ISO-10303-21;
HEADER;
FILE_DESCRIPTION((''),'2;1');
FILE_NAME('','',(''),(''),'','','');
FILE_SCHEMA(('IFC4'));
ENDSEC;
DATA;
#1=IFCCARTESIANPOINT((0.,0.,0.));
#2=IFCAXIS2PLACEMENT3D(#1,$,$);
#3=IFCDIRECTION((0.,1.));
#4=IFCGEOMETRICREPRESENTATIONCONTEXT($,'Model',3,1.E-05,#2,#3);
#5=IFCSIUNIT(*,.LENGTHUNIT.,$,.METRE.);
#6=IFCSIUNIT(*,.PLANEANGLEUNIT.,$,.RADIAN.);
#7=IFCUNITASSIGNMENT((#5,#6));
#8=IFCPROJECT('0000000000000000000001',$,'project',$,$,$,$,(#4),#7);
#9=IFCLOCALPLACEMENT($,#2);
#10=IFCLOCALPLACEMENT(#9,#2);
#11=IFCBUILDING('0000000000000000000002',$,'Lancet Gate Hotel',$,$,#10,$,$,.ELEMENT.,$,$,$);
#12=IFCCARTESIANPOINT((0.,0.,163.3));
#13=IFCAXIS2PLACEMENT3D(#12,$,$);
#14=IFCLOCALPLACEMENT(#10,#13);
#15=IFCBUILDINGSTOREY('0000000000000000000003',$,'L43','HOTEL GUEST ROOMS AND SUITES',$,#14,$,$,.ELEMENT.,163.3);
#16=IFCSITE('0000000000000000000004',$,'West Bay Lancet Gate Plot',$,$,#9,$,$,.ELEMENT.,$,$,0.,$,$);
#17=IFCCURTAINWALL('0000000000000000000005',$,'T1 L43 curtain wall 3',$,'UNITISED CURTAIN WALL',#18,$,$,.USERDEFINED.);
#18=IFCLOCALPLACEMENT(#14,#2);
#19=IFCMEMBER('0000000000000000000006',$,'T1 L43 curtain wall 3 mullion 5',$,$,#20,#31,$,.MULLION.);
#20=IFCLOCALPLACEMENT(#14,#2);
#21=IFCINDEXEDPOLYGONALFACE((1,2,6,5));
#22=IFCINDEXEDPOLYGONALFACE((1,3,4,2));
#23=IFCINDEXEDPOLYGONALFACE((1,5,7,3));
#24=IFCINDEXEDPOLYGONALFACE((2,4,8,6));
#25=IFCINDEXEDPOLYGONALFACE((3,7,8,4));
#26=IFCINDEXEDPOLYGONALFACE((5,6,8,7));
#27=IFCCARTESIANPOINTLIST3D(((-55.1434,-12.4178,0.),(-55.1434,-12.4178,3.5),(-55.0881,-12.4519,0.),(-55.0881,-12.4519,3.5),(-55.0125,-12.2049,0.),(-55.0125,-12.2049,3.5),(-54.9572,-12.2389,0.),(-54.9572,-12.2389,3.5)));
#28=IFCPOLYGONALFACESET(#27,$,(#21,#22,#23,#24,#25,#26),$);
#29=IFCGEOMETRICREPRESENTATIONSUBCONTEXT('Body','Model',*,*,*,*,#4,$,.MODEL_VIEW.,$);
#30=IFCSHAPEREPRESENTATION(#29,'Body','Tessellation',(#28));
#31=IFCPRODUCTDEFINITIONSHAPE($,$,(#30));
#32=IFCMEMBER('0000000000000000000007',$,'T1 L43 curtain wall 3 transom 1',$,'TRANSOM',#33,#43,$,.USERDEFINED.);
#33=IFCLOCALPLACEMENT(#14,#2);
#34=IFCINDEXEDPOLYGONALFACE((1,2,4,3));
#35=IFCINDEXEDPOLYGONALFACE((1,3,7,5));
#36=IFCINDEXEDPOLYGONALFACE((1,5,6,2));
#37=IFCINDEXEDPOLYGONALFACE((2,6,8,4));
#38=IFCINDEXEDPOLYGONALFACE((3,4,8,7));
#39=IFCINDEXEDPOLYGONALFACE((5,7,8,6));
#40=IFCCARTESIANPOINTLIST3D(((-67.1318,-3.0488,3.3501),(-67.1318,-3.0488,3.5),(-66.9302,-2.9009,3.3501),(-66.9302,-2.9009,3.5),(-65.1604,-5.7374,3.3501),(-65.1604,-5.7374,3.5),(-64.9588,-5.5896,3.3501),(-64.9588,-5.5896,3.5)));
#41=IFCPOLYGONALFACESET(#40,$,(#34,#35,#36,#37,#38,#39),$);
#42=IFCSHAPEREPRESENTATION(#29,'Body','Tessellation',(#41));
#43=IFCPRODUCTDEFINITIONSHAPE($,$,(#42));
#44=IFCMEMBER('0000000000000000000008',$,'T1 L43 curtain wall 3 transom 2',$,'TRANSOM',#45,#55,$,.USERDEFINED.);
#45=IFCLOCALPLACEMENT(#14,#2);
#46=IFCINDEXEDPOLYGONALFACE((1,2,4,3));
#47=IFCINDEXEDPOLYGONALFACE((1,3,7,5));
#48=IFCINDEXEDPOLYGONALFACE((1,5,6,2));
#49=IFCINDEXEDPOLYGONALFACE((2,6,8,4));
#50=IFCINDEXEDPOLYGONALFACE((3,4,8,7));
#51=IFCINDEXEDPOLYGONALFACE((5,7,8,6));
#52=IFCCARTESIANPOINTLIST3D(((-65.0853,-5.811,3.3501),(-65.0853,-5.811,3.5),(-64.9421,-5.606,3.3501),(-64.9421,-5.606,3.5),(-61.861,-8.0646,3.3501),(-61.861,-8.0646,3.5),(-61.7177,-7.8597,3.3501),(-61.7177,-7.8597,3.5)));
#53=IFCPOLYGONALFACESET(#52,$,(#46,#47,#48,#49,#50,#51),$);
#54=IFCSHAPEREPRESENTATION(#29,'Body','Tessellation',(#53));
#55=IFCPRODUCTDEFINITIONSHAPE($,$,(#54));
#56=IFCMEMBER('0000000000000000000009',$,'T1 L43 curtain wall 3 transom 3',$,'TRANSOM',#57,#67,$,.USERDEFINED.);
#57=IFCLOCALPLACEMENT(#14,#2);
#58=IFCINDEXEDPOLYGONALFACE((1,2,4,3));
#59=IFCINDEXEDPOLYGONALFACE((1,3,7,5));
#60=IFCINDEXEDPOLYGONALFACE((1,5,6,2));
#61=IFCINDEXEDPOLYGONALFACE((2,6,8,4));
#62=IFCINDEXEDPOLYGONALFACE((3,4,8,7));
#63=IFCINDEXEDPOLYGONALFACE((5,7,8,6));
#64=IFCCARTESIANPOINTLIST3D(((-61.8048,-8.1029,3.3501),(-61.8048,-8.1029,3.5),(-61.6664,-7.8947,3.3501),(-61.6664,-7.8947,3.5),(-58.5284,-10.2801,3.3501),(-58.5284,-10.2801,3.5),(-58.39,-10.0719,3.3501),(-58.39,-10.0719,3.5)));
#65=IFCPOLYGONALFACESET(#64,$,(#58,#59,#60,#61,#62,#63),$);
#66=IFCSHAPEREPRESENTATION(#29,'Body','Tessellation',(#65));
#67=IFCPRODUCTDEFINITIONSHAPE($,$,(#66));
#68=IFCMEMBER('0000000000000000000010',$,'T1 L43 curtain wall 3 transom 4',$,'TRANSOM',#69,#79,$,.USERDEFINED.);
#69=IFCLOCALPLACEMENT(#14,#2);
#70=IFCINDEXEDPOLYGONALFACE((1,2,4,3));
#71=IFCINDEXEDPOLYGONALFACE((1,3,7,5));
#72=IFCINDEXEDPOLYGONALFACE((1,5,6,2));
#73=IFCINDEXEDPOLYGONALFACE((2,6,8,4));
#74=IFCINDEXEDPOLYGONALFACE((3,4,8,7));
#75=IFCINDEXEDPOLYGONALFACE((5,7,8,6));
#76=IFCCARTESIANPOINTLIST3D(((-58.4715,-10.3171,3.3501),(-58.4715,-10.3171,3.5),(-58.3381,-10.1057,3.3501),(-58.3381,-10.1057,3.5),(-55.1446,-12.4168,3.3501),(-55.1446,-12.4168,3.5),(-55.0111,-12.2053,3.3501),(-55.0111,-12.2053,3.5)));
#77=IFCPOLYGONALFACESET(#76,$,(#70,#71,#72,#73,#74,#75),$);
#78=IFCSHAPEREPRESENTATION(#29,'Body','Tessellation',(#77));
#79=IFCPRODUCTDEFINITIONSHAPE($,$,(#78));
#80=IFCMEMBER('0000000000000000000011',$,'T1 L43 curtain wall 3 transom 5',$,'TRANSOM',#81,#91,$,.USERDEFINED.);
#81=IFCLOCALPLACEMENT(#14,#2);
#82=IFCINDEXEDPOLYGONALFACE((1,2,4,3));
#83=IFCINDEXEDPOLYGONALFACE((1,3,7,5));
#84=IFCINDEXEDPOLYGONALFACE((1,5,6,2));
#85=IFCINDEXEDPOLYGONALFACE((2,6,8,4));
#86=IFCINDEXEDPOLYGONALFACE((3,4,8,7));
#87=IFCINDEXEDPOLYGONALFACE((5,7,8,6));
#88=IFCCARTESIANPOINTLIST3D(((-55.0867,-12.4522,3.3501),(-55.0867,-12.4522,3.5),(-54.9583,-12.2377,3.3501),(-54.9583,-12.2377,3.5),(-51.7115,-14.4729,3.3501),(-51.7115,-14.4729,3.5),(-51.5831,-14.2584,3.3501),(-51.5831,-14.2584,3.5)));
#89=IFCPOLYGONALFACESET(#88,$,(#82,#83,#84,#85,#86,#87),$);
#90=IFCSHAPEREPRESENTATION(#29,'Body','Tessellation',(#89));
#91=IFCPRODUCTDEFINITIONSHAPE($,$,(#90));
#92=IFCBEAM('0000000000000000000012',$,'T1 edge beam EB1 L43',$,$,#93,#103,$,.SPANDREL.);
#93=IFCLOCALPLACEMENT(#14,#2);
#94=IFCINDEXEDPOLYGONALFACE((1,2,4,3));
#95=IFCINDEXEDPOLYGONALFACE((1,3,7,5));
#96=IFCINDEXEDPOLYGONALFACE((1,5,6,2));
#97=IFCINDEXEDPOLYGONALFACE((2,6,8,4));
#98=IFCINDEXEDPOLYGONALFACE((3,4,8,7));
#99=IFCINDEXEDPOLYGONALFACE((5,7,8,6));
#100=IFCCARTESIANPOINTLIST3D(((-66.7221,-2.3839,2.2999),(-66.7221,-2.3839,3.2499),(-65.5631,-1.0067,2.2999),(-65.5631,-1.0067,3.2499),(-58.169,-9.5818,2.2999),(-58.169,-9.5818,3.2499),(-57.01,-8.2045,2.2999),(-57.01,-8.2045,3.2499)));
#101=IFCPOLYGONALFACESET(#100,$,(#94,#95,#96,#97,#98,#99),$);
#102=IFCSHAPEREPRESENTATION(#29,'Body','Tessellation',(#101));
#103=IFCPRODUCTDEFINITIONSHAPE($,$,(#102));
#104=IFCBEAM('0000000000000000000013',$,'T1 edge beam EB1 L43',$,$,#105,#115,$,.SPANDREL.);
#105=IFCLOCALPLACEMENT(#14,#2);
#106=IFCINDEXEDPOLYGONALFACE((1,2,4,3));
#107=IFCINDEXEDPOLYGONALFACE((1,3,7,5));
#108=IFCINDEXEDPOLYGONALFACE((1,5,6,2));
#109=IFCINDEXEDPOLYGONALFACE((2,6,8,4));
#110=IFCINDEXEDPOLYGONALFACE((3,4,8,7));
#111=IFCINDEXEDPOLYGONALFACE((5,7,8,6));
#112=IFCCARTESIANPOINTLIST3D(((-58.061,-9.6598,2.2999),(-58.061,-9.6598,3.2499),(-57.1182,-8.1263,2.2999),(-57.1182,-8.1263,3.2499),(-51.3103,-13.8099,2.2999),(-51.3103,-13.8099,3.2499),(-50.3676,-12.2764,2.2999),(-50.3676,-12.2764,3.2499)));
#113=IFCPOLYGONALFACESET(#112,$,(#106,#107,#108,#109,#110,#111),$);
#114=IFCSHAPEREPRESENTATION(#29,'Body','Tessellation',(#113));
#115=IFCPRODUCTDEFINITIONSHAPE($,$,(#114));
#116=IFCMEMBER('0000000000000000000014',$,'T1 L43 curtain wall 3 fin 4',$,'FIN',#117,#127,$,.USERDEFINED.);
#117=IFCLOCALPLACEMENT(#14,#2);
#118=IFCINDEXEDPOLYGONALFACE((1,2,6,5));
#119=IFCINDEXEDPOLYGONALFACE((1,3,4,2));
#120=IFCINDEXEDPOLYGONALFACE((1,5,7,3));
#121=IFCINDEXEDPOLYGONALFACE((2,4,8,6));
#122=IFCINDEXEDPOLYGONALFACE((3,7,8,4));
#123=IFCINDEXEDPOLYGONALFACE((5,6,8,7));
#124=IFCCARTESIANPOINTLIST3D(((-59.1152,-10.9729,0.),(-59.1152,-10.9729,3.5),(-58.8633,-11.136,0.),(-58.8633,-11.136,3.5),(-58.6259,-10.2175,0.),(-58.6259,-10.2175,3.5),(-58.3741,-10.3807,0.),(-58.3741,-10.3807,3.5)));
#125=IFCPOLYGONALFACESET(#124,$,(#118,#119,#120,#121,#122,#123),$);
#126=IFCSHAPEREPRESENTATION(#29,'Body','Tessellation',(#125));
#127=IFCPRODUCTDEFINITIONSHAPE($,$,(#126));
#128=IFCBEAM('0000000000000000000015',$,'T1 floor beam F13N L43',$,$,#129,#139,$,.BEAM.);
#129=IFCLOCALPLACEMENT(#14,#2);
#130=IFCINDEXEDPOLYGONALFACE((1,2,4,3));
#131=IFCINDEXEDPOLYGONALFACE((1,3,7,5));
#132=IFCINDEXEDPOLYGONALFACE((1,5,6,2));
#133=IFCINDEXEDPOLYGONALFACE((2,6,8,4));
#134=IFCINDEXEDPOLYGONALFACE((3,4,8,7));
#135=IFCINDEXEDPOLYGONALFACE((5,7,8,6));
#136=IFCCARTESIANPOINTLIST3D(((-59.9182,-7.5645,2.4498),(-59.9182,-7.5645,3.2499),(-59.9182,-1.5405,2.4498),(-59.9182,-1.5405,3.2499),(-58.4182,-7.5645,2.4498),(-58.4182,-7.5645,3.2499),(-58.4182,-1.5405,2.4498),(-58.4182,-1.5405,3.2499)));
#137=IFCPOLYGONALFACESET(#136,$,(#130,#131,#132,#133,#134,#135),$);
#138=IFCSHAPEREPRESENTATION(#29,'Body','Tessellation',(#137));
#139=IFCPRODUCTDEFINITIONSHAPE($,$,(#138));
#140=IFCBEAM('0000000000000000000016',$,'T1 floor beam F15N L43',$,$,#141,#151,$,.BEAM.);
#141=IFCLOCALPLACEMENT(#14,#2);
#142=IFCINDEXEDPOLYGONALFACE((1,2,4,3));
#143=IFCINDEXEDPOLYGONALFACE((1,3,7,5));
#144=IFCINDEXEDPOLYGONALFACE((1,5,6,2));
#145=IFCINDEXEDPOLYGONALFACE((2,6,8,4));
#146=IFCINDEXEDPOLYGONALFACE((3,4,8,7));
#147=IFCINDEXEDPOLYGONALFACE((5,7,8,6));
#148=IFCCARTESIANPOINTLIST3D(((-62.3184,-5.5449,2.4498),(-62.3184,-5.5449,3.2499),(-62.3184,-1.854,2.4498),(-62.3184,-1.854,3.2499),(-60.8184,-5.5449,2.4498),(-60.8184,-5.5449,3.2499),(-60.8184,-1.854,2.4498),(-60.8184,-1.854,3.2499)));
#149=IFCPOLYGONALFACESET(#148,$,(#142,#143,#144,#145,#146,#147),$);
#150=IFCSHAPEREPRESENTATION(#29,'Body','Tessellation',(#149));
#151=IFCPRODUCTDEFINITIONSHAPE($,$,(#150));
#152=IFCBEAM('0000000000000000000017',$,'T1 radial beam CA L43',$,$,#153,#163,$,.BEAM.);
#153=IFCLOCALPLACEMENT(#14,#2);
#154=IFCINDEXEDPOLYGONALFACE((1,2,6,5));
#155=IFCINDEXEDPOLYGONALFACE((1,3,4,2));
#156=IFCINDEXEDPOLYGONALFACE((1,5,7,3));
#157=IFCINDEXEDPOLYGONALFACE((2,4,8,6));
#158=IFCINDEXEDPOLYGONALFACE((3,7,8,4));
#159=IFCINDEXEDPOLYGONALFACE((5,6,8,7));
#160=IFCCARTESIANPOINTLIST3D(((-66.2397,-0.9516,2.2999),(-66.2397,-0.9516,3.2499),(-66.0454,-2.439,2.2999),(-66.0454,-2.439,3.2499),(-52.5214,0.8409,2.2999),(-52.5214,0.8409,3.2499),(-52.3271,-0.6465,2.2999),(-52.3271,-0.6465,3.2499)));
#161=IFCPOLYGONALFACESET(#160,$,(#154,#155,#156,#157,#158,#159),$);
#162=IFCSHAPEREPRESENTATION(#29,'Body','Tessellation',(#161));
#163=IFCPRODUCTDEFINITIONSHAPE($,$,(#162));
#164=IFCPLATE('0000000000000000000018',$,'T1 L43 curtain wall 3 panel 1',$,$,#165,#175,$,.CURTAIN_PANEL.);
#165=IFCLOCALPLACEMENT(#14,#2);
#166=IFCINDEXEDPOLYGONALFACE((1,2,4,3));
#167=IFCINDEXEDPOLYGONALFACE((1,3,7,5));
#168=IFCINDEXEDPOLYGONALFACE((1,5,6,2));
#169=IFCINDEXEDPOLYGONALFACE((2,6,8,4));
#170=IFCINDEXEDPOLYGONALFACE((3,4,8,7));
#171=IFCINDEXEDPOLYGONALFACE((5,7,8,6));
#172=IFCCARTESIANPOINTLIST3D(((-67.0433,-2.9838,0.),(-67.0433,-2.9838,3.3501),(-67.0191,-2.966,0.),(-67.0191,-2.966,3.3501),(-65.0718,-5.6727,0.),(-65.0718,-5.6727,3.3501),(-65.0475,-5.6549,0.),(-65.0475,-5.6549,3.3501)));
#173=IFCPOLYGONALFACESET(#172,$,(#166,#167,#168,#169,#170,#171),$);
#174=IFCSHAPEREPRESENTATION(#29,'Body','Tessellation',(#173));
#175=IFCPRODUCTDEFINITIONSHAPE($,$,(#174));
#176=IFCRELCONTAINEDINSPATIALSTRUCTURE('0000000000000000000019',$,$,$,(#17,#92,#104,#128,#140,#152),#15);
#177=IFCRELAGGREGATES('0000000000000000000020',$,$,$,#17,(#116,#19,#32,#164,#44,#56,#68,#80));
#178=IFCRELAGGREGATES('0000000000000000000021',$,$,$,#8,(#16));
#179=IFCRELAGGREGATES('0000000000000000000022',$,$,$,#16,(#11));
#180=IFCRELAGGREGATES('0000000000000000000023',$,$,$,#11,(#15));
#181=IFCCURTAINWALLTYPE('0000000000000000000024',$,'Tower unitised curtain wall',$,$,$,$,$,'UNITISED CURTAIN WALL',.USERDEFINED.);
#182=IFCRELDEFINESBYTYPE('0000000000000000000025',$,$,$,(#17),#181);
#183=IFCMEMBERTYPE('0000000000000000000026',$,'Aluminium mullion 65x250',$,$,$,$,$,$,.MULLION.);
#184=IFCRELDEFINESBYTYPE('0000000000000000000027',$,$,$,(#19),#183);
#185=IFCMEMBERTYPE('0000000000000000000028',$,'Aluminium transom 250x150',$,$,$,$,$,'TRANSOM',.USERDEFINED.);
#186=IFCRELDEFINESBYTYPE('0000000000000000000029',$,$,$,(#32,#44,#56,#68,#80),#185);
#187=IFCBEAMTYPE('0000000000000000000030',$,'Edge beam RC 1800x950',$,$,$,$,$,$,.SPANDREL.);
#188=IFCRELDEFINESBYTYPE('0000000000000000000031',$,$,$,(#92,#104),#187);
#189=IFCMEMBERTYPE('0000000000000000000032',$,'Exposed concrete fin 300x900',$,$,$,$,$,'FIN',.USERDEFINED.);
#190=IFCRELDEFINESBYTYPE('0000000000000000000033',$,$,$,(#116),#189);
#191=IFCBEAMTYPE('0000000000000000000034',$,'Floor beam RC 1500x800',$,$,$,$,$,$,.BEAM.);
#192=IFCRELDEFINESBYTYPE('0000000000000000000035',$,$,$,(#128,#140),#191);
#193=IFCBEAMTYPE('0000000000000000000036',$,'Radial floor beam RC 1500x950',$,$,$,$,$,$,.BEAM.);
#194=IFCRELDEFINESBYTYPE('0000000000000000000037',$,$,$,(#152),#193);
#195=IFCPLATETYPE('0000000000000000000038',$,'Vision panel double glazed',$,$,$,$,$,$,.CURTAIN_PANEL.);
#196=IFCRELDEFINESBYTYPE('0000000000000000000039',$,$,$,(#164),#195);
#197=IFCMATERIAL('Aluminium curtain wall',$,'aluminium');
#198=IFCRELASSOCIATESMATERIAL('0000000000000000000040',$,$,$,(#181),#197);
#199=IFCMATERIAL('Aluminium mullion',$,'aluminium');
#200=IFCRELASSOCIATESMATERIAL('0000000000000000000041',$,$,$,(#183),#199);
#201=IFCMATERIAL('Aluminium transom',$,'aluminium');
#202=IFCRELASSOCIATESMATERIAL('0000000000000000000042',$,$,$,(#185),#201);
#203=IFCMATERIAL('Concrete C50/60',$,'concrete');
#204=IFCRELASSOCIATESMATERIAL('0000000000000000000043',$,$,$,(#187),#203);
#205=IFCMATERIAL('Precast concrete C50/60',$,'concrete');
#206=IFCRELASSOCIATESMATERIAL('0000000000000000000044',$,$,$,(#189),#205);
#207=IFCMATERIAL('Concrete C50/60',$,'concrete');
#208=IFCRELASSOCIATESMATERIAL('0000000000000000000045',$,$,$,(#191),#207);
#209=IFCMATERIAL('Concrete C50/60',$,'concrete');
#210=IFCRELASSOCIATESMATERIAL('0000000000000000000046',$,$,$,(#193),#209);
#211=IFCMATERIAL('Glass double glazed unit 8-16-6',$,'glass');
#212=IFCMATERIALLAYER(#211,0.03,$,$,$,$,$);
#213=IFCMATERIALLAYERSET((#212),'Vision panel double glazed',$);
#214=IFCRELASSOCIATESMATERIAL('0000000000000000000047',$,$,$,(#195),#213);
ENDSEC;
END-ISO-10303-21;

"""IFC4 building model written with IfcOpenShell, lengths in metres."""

from ifc_helpers import new_model, si_unit, direction, frame, origin, origin_2d, place, context, subcontext, project, spatial, rectangle, extrude, material, layer, layer_set, material_profile, profile_set, type_object, element, aggregate, save


model = new_model("IFC4")

# Units and contexts
model_context = context("Model", 3, precision=1e-05, world=origin(), true_north=direction((0.0, 1.0)))
body_context = subcontext(model_context, "Body", "Model", "MODEL_VIEW")
ifc_project = project(units=[si_unit("LENGTHUNIT", "METRE"), si_unit("PLANEANGLEUNIT", "RADIAN")], contexts=[model_context])

# Site, building, storey
site_placement = place(None, origin())
site = spatial("IfcSite", under=ifc_project, at=site_placement, Name="West Bay Lancet Gate Plot", CompositionType="ELEMENT", RefElevation=0.0)
building_placement = place(site_placement, origin())
building = spatial("IfcBuilding", under=site, at=building_placement, Name="Lancet Gate Hotel", CompositionType="ELEMENT")
storey_placement = place(building_placement, frame((0.0, 0.0, 163.3)))
storey = spatial("IfcBuildingStorey", under=building, at=storey_placement, Name="L43", Description="HOTEL GUEST ROOMS AND SUITES", CompositionType="ELEMENT", Elevation=163.3)

# Curtain wall, members
ifc_material_1 = material(Name="Aluminium curtain wall", Category="aluminium")
curtain_wall_type = type_object("IfcCurtainWallType", Name="Tower unitised curtain wall", ElementType="UNITISED CURTAIN WALL", PredefinedType="USERDEFINED", material=ifc_material_1)
curtain_wall_placement = place(storey_placement, origin())
curtain_wall = element("IfcCurtainWall", 1, at=curtain_wall_placement, inside=storey, type_object=curtain_wall_type, Name="T1 L43 curtain wall 3", ObjectType="UNITISED CURTAIN WALL", PredefinedType="USERDEFINED")
ifc_material_2 = material(Name="Aluminium mullion", Category="aluminium")
ifc_material_profile_1 = material_profile(ifc_material_2, rectangle(XDim=0.0649, YDim=0.25, at=origin_2d()), Name="MULLION 65x250")
ifc_profile_set_1 = profile_set([ifc_material_profile_1], Name="Aluminium mullion")
member_type_1 = type_object("IfcMemberType", Name="Aluminium mullion 65x250", PredefinedType="MULLION", material=ifc_profile_set_1)
member_1_placement = place(storey_placement, frame((-55.0503, -12.3284, 0.0), z_axis=(0.0, 0.0, 1.0), x_axis=(0.851886, -0.523728, 0.0)))
member_1 = element("IfcMember", 2, at=member_1_placement, type_object=member_type_1, Name="T1 L43 curtain wall 3 mullion 5", PredefinedType="MULLION", context=body_context, shape_type="SweptSolid", body=[
    extrude(rectangle(XDim=0.0649, YDim=0.25, at=origin_2d()), origin(), (0.0, 0.0, 1.0), 3.5),
])
ifc_material_3 = material(Name="Aluminium transom", Category="aluminium")
ifc_material_profile_2 = material_profile(ifc_material_3, rectangle(XDim=0.25, YDim=0.1499, at=origin_2d()), Name="TRANSOM 250x150")
ifc_profile_set_2 = profile_set([ifc_material_profile_2], Name="Aluminium transom")
member_type_2 = type_object("IfcMemberType", Name="Aluminium transom 250x150", ElementType="TRANSOM", PredefinedType="USERDEFINED", material=ifc_profile_set_2)
member_2_placement = place(storey_placement, frame((-67.031, -2.9749, 3.425), z_axis=(0.591307, -0.806447, 0.0), x_axis=(0.806447, 0.591307, 0.0)))
member_2 = element("IfcMember", 3, at=member_2_placement, type_object=member_type_2, Name="T1 L43 curtain wall 3 transom 1", ObjectType="TRANSOM", PredefinedType="USERDEFINED", context=body_context, shape_type="SweptSolid", body=[
    extrude(rectangle(XDim=0.25, YDim=0.1499, at=origin_2d()), origin(), (0.0, 0.0, 1.0), 3.334),
])
member_3_placement = place(storey_placement, frame((-65.0137, -5.7085, 3.425), z_axis=(0.819637, -0.572883, 0.0), x_axis=(0.572883, 0.819637, 0.0)))
member_3 = element("IfcMember", 4, at=member_3_placement, type_object=member_type_2, Name="T1 L43 curtain wall 3 transom 2", ObjectType="TRANSOM", PredefinedType="USERDEFINED", context=body_context, shape_type="SweptSolid", body=[
    extrude(rectangle(XDim=0.25, YDim=0.1499, at=origin_2d()), origin(), (0.0, 0.0, 1.0), 3.9338),
])
member_4_placement = place(storey_placement, frame((-61.7356, -7.9988, 3.425), z_axis=(0.832871, -0.553468, 0.0), x_axis=(0.553468, 0.832871, 0.0)))
member_4 = element("IfcMember", 5, at=member_4_placement, type_object=member_type_2, Name="T1 L43 curtain wall 3 transom 3", ObjectType="TRANSOM", PredefinedType="USERDEFINED", context=body_context, shape_type="SweptSolid", body=[
    extrude(rectangle(XDim=0.25, YDim=0.1499, at=origin_2d()), origin(), (0.0, 0.0, 1.0), 3.9338),
])
member_5_placement = place(storey_placement, frame((-58.4048, -10.2114, 3.425), z_axis=(0.845672, -0.533703, 0.0), x_axis=(0.533703, 0.845672, 0.0)))
member_5 = element("IfcMember", 6, at=member_5_placement, type_object=member_type_2, Name="T1 L43 curtain wall 3 transom 4", ObjectType="TRANSOM", PredefinedType="USERDEFINED", context=body_context, shape_type="SweptSolid", body=[
    extrude(rectangle(XDim=0.25, YDim=0.1499, at=origin_2d()), origin(), (0.0, 0.0, 1.0), 3.9341),
])
member_6_placement = place(storey_placement, frame((-55.0225, -12.345, 3.425), z_axis=(0.857985, -0.513674, 0.0), x_axis=(0.513674, 0.857985, 0.0)))
member_6 = element("IfcMember", 7, at=member_6_placement, type_object=member_type_2, Name="T1 L43 curtain wall 3 transom 5", ObjectType="TRANSOM", PredefinedType="USERDEFINED", context=body_context, shape_type="SweptSolid", body=[
    extrude(rectangle(XDim=0.25, YDim=0.1499, at=origin_2d()), origin(), (0.0, 0.0, 1.0), 3.9338),
])

# Beams
ifc_material_4 = material(Name="Concrete C50/60", Category="concrete")
ifc_material_profile_3 = material_profile(ifc_material_4, rectangle(XDim=1.8, YDim=0.95, at=origin_2d()), Name="RC 1800x950")
ifc_profile_set_3 = profile_set([ifc_material_profile_3], Name="Concrete C50/60")
beam_type_1 = type_object("IfcBeamType", Name="Edge beam RC 1800x950", PredefinedType="SPANDREL", material=ifc_profile_set_3)
beam_1_placement = place(storey_placement, frame((-66.1426, -1.6953, 2.7749), z_axis=(0.765121, -0.643887, 0.0), x_axis=(0.643887, 0.765121, 0.0)))
element("IfcBeam", 8, at=beam_1_placement, inside=storey, type_object=beam_type_1, Name="T1 edge beam EB1 L43", PredefinedType="SPANDREL", context=body_context, shape_type="SweptSolid", body=[
    extrude(rectangle(XDim=1.8, YDim=0.95, at=origin_2d()), origin(), (0.0, 0.0, 1.0), 11.1787),
])
beam_2_placement = place(storey_placement, frame((-57.5896, -8.8931, 2.7749), z_axis=(0.851892, -0.523717, 0.0), x_axis=(0.523717, 0.851892, 0.0)))
element("IfcBeam", 9, at=beam_2_placement, inside=storey, type_object=beam_type_1, Name="T1 edge beam EB1 L43", PredefinedType="SPANDREL", context=body_context, shape_type="SweptSolid", body=[
    extrude(rectangle(XDim=1.8, YDim=0.95, at=origin_2d()), origin(), (0.0, 0.0, 1.0), 7.9243),
])

# Member
ifc_material_5 = material(Name="Precast concrete C50/60", Category="concrete")
ifc_material_profile_4 = material_profile(ifc_material_5, rectangle(XDim=0.3, YDim=0.8999, at=origin_2d()), Name="FIN 300x900")
ifc_profile_set_4 = profile_set([ifc_material_profile_4], Name="Precast concrete C50/60")
member_type_3 = type_object("IfcMemberType", Name="Exposed concrete fin 300x900", ElementType="FIN", PredefinedType="USERDEFINED", material=ifc_profile_set_4)
member_7_placement = place(storey_placement, frame((-58.7446, -10.6768, 0.0), z_axis=(0.0, 0.0, 1.0), x_axis=(0.839331, -0.543621, 0.0)))
member_7 = element("IfcMember", 10, at=member_7_placement, type_object=member_type_3, Name="T1 L43 curtain wall 3 fin 4", ObjectType="FIN", PredefinedType="USERDEFINED", context=body_context, shape_type="SweptSolid", body=[
    extrude(rectangle(XDim=0.3, YDim=0.8999, at=origin_2d()), origin(), (0.0, 0.0, 1.0), 3.5),
])

# Beams
ifc_material_6 = material(Name="Concrete C50/60", Category="concrete")
ifc_material_profile_5 = material_profile(ifc_material_6, rectangle(XDim=1.5, YDim=0.8, at=origin_2d()), Name="RC 1500x800")
ifc_profile_set_5 = profile_set([ifc_material_profile_5], Name="Concrete C50/60")
beam_type_2 = type_object("IfcBeamType", Name="Floor beam RC 1500x800", PredefinedType="BEAM", material=ifc_profile_set_5)
beam_3_placement = place(storey_placement, frame((-59.1682, -1.5405, 2.8499), z_axis=(0.0, -1.0, 0.0), x_axis=(1.0, 0.0, 0.0)))
element("IfcBeam", 11, at=beam_3_placement, inside=storey, type_object=beam_type_2, Name="T1 floor beam F13N L43", PredefinedType="BEAM", context=body_context, shape_type="SweptSolid", body=[
    extrude(rectangle(XDim=1.5, YDim=0.8, at=origin_2d()), origin(), (0.0, 0.0, 1.0), 6.0239),
])
beam_4_placement = place(storey_placement, frame((-61.5684, -1.854, 2.8499), z_axis=(0.0, -1.0, 0.0), x_axis=(1.0, 0.0, 0.0)))
element("IfcBeam", 12, at=beam_4_placement, inside=storey, type_object=beam_type_2, Name="T1 floor beam F15N L43", PredefinedType="BEAM", context=body_context, shape_type="SweptSolid", body=[
    extrude(rectangle(XDim=1.5, YDim=0.8, at=origin_2d()), origin(), (0.0, 0.0, 1.0), 3.6909),
])
ifc_material_7 = material(Name="Concrete C50/60", Category="concrete")
ifc_material_profile_6 = material_profile(ifc_material_7, rectangle(XDim=1.5, YDim=0.95, at=origin_2d()), Name="RC 1500x950")
ifc_profile_set_6 = profile_set([ifc_material_profile_6], Name="Concrete C50/60")
beam_type_3 = type_object("IfcBeamType", Name="Radial floor beam RC 1500x950", PredefinedType="BEAM", material=ifc_profile_set_6)
beam_5_placement = place(storey_placement, frame((-66.1426, -1.6953, 2.7749), z_axis=(0.991571, 0.129562, 0.0), x_axis=(-0.129562, 0.991571, 0.0)))
element("IfcBeam", 13, at=beam_5_placement, inside=storey, type_object=beam_type_3, Name="T1 radial beam CA L43", PredefinedType="BEAM", context=body_context, shape_type="SweptSolid", body=[
    extrude(rectangle(XDim=1.5, YDim=0.95, at=origin_2d()), origin(), (0.0, 0.0, 1.0), 13.835),
])

# Plate
ifc_material_8 = material(Name="Glass double glazed unit 8-16-6", Category="glass")
ifc_layer_1 = layer(ifc_material_8, 0.03)
ifc_layer_set_1 = layer_set([ifc_layer_1], Name="Vision panel double glazed")
plate_type = type_object("IfcPlateType", Name="Vision panel double glazed", PredefinedType="CURTAIN_PANEL", material=ifc_layer_set_1)
plate_1_placement = place(storey_placement, frame((-66.0454, -4.3193, 0.0), z_axis=(0.0, 0.0, 1.0), x_axis=(0.5913, -0.806452, 0.0)))
plate_1 = element("IfcPlate", 14, at=plate_1_placement, type_object=plate_type, Name="T1 L43 curtain wall 3 panel 1", PredefinedType="CURTAIN_PANEL", context=body_context, shape_type="SweptSolid", body=[
    extrude(rectangle(XDim=3.3342, YDim=0.03, at=origin_2d()), origin(), (0.0, 0.0, 1.0), 3.3501),
])
aggregate(curtain_wall, [member_7, member_1, member_2, plate_1, member_3, member_4, member_5, member_6])

save(model, "model.ifc")
